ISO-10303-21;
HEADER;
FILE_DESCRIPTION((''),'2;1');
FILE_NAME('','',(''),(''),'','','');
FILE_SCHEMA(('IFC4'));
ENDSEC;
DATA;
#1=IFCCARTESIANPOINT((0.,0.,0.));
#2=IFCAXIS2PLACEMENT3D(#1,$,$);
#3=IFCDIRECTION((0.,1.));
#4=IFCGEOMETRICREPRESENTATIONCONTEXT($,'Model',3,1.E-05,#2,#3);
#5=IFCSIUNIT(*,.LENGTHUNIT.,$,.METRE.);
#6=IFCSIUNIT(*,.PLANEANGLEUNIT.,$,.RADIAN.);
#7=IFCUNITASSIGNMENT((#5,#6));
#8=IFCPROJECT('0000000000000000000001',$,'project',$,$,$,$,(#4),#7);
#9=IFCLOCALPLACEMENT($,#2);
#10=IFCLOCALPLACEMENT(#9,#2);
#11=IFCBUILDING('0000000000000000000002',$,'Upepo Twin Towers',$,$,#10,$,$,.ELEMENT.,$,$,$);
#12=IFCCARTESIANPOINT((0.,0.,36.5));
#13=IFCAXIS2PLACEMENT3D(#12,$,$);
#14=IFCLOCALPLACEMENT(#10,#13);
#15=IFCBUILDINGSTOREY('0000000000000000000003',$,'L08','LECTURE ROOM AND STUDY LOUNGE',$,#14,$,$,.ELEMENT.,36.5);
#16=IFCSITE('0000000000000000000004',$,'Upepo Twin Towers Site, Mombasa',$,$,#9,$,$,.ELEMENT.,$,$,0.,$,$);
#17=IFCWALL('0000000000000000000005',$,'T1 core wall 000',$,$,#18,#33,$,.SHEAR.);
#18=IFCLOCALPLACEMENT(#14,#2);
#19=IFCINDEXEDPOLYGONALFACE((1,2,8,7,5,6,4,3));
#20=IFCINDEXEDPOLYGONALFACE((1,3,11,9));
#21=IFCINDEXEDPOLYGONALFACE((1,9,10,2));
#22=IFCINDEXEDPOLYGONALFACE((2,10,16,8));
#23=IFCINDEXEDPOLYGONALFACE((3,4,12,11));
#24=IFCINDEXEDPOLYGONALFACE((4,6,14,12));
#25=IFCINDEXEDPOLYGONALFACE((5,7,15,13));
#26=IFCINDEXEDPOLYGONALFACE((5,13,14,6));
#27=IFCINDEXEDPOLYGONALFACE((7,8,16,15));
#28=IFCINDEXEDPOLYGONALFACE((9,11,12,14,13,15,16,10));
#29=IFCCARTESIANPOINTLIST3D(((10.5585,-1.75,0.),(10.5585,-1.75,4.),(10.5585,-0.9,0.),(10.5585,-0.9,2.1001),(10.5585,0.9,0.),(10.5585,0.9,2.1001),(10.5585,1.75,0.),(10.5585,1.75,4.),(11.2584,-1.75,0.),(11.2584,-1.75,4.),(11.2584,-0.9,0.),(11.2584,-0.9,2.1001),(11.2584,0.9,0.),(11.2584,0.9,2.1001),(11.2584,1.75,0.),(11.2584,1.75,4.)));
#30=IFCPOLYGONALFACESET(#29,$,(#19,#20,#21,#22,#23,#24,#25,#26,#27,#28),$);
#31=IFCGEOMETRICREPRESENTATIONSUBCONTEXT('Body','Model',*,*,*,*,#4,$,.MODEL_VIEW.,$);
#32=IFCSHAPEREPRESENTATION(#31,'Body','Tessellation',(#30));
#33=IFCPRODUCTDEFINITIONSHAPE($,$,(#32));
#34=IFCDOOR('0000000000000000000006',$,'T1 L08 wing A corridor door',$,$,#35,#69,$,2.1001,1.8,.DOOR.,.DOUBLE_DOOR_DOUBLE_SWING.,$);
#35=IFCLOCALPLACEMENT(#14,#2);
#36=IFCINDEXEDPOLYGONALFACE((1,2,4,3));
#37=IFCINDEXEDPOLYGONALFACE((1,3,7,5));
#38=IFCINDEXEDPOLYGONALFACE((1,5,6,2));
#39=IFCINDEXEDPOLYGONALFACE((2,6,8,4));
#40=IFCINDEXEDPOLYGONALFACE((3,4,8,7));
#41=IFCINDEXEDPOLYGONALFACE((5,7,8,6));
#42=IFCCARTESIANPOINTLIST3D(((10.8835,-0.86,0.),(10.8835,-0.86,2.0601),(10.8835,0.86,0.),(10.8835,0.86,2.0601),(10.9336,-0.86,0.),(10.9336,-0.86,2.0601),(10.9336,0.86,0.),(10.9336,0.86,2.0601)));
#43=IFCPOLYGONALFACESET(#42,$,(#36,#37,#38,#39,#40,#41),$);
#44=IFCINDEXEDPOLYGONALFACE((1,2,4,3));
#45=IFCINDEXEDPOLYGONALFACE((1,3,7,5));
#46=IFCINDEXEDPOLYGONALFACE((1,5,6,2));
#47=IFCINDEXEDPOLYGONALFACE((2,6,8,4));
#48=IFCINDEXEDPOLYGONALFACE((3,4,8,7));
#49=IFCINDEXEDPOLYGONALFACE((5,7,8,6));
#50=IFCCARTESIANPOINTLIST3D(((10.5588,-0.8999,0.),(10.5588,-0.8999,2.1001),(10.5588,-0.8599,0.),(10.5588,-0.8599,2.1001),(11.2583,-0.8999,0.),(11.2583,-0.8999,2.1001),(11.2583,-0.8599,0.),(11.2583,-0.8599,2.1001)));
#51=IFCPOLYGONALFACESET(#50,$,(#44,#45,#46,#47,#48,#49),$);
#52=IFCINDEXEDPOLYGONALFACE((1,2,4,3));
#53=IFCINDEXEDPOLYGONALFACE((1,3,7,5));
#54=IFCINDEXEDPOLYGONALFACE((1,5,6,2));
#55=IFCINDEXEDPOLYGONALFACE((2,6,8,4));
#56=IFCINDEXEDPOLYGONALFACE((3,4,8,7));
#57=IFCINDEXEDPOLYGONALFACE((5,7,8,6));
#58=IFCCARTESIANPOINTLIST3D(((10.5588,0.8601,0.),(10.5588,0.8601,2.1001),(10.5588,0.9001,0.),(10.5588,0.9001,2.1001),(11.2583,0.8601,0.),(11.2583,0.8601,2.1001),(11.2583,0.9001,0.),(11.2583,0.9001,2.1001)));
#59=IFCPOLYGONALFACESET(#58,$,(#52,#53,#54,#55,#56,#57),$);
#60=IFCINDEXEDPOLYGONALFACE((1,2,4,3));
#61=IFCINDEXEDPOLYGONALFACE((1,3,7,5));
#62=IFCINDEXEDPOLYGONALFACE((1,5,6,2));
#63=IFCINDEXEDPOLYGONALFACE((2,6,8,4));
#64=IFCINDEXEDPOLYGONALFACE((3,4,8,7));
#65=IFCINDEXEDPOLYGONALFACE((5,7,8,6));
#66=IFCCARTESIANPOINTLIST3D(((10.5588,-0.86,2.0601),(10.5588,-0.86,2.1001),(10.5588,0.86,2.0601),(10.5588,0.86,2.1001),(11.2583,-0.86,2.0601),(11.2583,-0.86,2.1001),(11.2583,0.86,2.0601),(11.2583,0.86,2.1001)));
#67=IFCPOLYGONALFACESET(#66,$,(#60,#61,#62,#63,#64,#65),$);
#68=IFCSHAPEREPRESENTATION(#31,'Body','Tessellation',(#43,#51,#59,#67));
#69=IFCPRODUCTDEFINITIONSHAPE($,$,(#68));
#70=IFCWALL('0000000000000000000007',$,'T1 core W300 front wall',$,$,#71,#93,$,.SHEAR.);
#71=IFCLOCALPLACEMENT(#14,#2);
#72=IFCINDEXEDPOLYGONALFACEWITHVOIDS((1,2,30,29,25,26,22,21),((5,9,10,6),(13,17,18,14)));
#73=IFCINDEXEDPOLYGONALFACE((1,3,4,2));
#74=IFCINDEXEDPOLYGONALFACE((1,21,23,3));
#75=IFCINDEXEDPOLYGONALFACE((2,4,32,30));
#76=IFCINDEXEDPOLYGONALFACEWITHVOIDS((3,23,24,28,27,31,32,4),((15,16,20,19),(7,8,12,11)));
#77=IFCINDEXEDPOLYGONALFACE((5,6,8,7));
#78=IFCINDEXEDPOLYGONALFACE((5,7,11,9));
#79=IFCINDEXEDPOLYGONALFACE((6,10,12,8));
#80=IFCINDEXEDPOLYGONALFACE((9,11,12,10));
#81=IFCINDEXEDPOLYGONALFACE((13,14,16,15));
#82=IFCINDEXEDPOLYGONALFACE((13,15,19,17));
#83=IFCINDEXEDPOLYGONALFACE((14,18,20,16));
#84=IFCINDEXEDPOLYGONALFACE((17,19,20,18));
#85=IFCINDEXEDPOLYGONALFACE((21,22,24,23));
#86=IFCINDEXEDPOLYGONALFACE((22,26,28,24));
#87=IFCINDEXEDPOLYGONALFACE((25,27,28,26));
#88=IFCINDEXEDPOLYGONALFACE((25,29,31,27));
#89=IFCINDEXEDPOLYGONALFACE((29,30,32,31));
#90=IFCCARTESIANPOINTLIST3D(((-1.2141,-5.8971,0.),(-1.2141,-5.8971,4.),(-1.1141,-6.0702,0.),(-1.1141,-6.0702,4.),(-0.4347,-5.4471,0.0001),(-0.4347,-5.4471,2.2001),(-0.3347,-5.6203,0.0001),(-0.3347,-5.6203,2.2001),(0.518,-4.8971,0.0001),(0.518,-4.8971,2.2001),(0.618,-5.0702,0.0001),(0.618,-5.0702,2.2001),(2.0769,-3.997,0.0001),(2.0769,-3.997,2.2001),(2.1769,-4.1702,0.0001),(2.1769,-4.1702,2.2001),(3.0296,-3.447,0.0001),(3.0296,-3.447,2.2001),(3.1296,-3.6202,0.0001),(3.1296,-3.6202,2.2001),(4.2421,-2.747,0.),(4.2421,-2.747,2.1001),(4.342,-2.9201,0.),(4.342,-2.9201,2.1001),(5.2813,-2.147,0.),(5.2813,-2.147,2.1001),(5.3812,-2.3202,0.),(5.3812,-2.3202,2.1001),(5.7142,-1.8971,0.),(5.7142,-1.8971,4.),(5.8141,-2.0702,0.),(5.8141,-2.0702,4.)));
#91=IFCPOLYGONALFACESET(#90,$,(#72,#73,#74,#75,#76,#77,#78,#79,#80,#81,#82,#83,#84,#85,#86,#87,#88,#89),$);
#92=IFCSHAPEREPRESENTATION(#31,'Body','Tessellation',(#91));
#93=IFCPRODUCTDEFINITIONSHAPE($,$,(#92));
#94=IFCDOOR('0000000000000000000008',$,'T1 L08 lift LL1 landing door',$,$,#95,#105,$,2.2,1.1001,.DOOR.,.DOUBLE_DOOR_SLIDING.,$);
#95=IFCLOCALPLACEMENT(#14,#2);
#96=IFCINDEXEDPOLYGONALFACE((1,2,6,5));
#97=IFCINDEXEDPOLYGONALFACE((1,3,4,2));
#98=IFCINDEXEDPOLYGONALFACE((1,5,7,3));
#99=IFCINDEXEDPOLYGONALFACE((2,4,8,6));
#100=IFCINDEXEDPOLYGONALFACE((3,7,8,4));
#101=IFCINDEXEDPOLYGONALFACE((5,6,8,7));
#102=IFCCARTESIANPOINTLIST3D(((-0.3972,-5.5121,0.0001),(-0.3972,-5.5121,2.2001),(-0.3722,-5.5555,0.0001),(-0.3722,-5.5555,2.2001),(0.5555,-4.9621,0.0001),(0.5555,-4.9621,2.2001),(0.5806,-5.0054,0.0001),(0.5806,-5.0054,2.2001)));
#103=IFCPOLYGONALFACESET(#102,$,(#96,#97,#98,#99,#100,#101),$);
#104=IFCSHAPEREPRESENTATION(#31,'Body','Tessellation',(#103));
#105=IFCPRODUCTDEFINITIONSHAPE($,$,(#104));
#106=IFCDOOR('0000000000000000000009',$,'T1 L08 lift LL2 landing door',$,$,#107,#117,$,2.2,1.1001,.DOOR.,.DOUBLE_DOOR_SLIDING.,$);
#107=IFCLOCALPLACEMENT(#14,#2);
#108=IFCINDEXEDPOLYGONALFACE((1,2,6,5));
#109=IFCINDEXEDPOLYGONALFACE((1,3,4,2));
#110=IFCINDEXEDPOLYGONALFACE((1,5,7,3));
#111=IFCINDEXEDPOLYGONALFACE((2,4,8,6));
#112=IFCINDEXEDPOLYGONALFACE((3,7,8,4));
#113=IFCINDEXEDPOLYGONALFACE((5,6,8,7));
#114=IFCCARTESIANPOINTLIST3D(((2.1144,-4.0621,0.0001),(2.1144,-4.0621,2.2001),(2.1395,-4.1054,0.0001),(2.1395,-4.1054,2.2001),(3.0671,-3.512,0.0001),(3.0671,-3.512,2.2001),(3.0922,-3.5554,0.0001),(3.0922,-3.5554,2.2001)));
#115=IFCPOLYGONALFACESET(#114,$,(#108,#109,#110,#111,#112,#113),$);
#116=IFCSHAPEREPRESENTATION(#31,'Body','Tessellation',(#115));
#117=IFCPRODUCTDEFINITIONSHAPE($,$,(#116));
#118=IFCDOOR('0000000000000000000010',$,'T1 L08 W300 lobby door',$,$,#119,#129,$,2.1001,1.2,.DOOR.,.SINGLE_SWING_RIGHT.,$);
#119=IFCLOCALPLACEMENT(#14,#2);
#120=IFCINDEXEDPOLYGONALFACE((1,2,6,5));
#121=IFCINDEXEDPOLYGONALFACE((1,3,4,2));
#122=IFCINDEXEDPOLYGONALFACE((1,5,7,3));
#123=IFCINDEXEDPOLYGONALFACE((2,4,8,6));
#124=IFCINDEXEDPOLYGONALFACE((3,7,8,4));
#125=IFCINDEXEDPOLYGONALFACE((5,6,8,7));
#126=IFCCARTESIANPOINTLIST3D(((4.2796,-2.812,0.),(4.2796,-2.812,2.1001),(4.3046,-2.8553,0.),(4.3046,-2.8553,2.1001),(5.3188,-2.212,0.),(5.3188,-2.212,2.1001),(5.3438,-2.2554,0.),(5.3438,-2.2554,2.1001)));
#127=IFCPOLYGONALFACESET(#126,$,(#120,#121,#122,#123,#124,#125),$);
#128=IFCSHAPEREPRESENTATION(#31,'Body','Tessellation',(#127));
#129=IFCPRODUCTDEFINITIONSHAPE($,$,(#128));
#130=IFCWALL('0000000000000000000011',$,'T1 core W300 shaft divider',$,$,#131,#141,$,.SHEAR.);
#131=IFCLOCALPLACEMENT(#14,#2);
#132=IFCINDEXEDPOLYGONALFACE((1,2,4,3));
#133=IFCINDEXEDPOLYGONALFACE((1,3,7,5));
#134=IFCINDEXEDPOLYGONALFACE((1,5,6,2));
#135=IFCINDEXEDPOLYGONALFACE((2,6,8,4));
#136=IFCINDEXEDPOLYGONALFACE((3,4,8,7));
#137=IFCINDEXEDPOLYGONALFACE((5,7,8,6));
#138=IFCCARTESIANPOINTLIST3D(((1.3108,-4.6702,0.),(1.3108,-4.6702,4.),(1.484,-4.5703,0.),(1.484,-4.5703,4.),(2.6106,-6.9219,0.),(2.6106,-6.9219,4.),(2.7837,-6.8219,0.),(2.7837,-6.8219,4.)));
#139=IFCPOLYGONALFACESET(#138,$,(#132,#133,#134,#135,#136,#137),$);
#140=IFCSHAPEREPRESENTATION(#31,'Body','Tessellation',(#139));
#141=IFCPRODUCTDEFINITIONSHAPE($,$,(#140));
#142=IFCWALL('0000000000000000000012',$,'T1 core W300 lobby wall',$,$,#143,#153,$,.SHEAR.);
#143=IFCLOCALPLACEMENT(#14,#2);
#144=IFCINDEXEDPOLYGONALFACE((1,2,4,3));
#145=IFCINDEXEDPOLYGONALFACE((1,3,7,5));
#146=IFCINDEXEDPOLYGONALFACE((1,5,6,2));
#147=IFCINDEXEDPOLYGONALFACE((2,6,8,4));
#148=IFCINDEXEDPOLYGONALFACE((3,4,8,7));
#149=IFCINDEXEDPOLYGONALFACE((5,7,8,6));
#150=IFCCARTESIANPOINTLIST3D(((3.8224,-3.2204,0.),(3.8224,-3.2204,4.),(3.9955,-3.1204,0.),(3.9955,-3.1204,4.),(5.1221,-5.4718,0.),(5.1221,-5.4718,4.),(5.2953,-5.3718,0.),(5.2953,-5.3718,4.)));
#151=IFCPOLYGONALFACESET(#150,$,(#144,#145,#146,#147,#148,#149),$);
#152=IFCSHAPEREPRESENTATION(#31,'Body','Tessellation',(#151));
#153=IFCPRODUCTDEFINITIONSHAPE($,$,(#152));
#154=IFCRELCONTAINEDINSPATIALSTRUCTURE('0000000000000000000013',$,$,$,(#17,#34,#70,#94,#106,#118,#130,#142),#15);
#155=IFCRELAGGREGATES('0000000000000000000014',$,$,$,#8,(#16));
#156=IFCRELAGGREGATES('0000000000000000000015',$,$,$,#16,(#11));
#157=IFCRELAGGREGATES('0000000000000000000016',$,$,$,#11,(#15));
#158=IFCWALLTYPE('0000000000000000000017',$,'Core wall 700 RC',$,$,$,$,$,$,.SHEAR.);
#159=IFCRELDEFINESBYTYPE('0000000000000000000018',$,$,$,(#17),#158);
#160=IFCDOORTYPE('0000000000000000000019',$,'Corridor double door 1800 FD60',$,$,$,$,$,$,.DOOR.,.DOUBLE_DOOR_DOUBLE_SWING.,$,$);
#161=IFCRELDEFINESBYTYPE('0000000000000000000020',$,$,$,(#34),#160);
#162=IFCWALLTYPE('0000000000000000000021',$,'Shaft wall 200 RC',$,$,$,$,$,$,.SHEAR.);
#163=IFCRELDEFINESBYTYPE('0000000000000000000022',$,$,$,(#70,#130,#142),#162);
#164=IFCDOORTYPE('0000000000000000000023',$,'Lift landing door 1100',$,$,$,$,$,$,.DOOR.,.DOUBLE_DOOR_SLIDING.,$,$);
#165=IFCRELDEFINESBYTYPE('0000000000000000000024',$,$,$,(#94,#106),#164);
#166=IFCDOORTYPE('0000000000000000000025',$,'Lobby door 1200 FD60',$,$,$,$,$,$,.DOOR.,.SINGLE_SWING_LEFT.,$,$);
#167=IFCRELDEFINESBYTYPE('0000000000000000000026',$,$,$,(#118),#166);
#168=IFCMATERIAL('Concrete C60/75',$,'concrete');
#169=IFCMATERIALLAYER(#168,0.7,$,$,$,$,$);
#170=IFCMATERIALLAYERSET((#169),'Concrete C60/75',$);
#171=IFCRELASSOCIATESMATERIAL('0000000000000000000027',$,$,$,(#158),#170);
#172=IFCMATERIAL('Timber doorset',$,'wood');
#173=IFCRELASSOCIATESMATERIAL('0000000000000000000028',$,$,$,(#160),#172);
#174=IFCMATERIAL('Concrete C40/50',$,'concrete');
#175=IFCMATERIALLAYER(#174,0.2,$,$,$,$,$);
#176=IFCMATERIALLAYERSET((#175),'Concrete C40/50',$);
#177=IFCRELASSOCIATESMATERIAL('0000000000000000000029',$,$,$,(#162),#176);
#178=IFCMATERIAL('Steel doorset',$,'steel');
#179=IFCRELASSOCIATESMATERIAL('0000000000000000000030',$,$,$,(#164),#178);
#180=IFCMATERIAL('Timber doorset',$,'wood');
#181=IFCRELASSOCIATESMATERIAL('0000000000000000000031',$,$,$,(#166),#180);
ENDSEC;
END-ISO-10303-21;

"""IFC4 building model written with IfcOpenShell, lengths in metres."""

from ifc_helpers import new_model, si_unit, direction, frame, frame_2d, origin, place, context, subcontext, project, spatial, rectangle, extrude, material, layer, layer_set, type_object, element, fill, save


model = new_model("IFC4")

# Units and contexts
model_context = context("Model", 3, precision=1e-05, world=origin(), true_north=direction((0.0, 1.0)))
body_context = subcontext(model_context, "Body", "Model", "MODEL_VIEW")
ifc_project = project(units=[si_unit("LENGTHUNIT", "METRE"), si_unit("PLANEANGLEUNIT", "RADIAN")], contexts=[model_context])

# Site, building, storey
site_placement = place(None, origin())
site = spatial("IfcSite", under=ifc_project, at=site_placement, Name="Upepo Twin Towers Site, Mombasa", CompositionType="ELEMENT", RefElevation=0.0)
building_placement = place(site_placement, origin())
building = spatial("IfcBuilding", under=site, at=building_placement, Name="Upepo Twin Towers", CompositionType="ELEMENT")
storey_placement = place(building_placement, frame((0.0, 0.0, 36.5)))
storey = spatial("IfcBuildingStorey", under=building, at=storey_placement, Name="L08", Description="LECTURE ROOM AND STUDY LOUNGE", CompositionType="ELEMENT", Elevation=36.5)

# Shared definitions
ifc_material_1 = material(Name="Concrete C60/75", Category="concrete")
ifc_layer_1 = layer(ifc_material_1, 0.7)
ifc_layer_set_1 = layer_set([ifc_layer_1], Name="Concrete C60/75")
wall_type_1 = type_object("IfcWallType", Name="Core wall 700 RC", PredefinedType="SHEAR", material=ifc_layer_set_1)

# Wall, opening, door
wall_1_placement = place(storey_placement, frame((10.9084, -1.75, 0.0), z_axis=(0.0, 0.0, 1.0), x_axis=(0.0, 1.0, 0.0)))
wall_1 = element("IfcWall", 1, at=wall_1_placement, inside=storey, type_object=wall_type_1, Name="T1 core wall 000", PredefinedType="SHEAR", context=body_context, shape_type="SweptSolid", body=[
    extrude(rectangle(XDim=3.5, YDim=0.7, at=frame_2d((1.75, 0.0))), origin(), (0.0, 0.0, 1.0), 4.0),
])
opening_1_placement = place(wall_1_placement, frame((0.8501, 0.0, 0.0)))
opening_1 = element("IfcOpeningElement", 2, at=opening_1_placement, cuts=wall_1, PredefinedType="OPENING", context=body_context, shape_type="SweptSolid", body=[
    extrude(rectangle(XDim=1.8, YDim=2.1001, at=frame_2d((0.8999, 1.05))), frame((0.0, 0.3599, 0.0), z_axis=(0.0, -1.0, 0.0), x_axis=(1.0, 0.0, 0.0)), (0.0, 0.0, 1.0), 0.72),
])
ifc_material_2 = material(Name="Timber doorset", Category="wood")
door_type_1 = type_object("IfcDoorType", Name="Corridor double door 1800 FD60", OperationType="DOUBLE_DOOR_DOUBLE_SWING", PredefinedType="DOOR", material=ifc_material_2)
door_1_placement = place(opening_1_placement, origin())
door_1 = element("IfcDoor", 3, at=door_1_placement, inside=storey, type_object=door_type_1, Name="T1 L08 wing A corridor door", OperationType="DOUBLE_DOOR_DOUBLE_SWING", OverallHeight=2.1001, OverallWidth=1.8, PredefinedType="DOOR", context=body_context, shape_type="SweptSolid", body=[
    extrude(rectangle(XDim=1.72, YDim=2.0601, at=frame_2d((0.8999, 1.03))), frame((0.0, 0.0249, 0.0), z_axis=(0.0, -1.0, 0.0), x_axis=(1.0, 0.0, 0.0)), (0.0, 0.0, 1.0), 0.05),
    extrude(rectangle(XDim=0.04, YDim=2.1001, at=frame_2d((0.02, 1.05))), frame((0.0, 0.3496, 0.0), z_axis=(0.0, -1.0, 0.0), x_axis=(1.0, 0.0, 0.0)), (0.0, 0.0, 1.0), 0.6995),
    extrude(rectangle(XDim=0.04, YDim=2.1001, at=frame_2d((1.78, 1.05))), frame((0.0, 0.3496, 0.0), z_axis=(0.0, -1.0, 0.0), x_axis=(1.0, 0.0, 0.0)), (0.0, 0.0, 1.0), 0.6995),
    extrude(rectangle(XDim=1.72, YDim=0.04, at=frame_2d((0.8999, 2.0801))), frame((0.0, 0.3496, 0.0), z_axis=(0.0, -1.0, 0.0), x_axis=(1.0, 0.0, 0.0)), (0.0, 0.0, 1.0), 0.6995),
])
fill(opening_1, door_1)

# Wall, openings, doors
ifc_material_3 = material(Name="Concrete C40/50", Category="concrete")
ifc_layer_2 = layer(ifc_material_3, 0.2)
ifc_layer_set_2 = layer_set([ifc_layer_2], Name="Concrete C40/50")
wall_type_2 = type_object("IfcWallType", Name="Shaft wall 200 RC", PredefinedType="SHEAR", material=ifc_layer_set_2)
wall_2_placement = place(storey_placement, frame((-1.1641, -5.9836, 0.0), z_axis=(0.0, 0.0, 1.0), x_axis=(0.866026, 0.499999, 0.0)))
wall_2 = element("IfcWall", 4, at=wall_2_placement, inside=storey, type_object=wall_type_2, Name="T1 core W300 front wall", PredefinedType="SHEAR", context=body_context, shape_type="SweptSolid", body=[
    extrude(rectangle(XDim=8.0, YDim=0.2, at=frame_2d((4.0, 0.0))), origin(), (0.0, 0.0, 1.0), 4.0),
])
opening_2_placement = place(wall_2_placement, frame((6.3, 0.0, 0.0)))
opening_2 = element("IfcOpeningElement", 5, at=opening_2_placement, cuts=wall_2, PredefinedType="OPENING", context=body_context, shape_type="SweptSolid", body=[
    extrude(rectangle(XDim=1.2, YDim=2.1001, at=frame_2d((0.6001, 1.05))), frame((0.0, 0.1099, 0.0), z_axis=(0.0, -1.0, 0.0), x_axis=(1.0, 0.0, 0.0)), (0.0, 0.0, 1.0), 0.22),
])
opening_3_placement = place(wall_2_placement, frame((0.8999, 0.0, 0.0)))
opening_3 = element("IfcOpeningElement", 6, at=opening_3_placement, cuts=wall_2, PredefinedType="OPENING", context=body_context, shape_type="SweptSolid", body=[
    extrude(rectangle(XDim=1.1001, YDim=2.2, at=frame_2d((0.55, 1.1001))), frame((0.0, 0.1099, 0.0), z_axis=(0.0, -1.0, 0.0), x_axis=(1.0, 0.0, 0.0)), (0.0, 0.0, 1.0), 0.22),
])
opening_4_placement = place(wall_2_placement, frame((3.8, 0.0, 0.0)))
opening_4 = element("IfcOpeningElement", 7, at=opening_4_placement, cuts=wall_2, PredefinedType="OPENING", context=body_context, shape_type="SweptSolid", body=[
    extrude(rectangle(XDim=1.1001, YDim=2.2, at=frame_2d((0.55, 1.1001))), frame((0.0, 0.1099, 0.0), z_axis=(0.0, -1.0, 0.0), x_axis=(1.0, 0.0, 0.0)), (0.0, 0.0, 1.0), 0.22),
])
ifc_material_4 = material(Name="Steel doorset", Category="steel")
door_type_2 = type_object("IfcDoorType", Name="Lift landing door 1100", OperationType="DOUBLE_DOOR_SLIDING", PredefinedType="DOOR", material=ifc_material_4)
door_2_placement = place(opening_3_placement, origin())
door_2 = element("IfcDoor", 8, at=door_2_placement, inside=storey, type_object=door_type_2, Name="T1 L08 lift LL1 landing door", OperationType="DOUBLE_DOOR_SLIDING", OverallHeight=2.2, OverallWidth=1.1001, PredefinedType="DOOR", context=body_context, shape_type="SweptSolid", body=[
    extrude(rectangle(XDim=1.1001, YDim=2.2, at=frame_2d((0.55, 1.1001))), frame((0.0, 0.0249, 0.0), z_axis=(0.0, -1.0, 0.0), x_axis=(1.0, 0.0, 0.0)), (0.0, 0.0, 1.0), 0.05),
])
fill(opening_3, door_2)
door_3_placement = place(opening_4_placement, origin())
door_3 = element("IfcDoor", 9, at=door_3_placement, inside=storey, type_object=door_type_2, Name="T1 L08 lift LL2 landing door", OperationType="DOUBLE_DOOR_SLIDING", OverallHeight=2.2, OverallWidth=1.1001, PredefinedType="DOOR", context=body_context, shape_type="SweptSolid", body=[
    extrude(rectangle(XDim=1.1001, YDim=2.2, at=frame_2d((0.55, 1.1001))), frame((0.0, 0.0249, 0.0), z_axis=(0.0, -1.0, 0.0), x_axis=(1.0, 0.0, 0.0)), (0.0, 0.0, 1.0), 0.05),
])
fill(opening_4, door_3)
ifc_material_5 = material(Name="Timber doorset", Category="wood")
door_type_3 = type_object("IfcDoorType", Name="Lobby door 1200 FD60", OperationType="SINGLE_SWING_LEFT", PredefinedType="DOOR", material=ifc_material_5)
door_4_placement = place(opening_2_placement, origin())
door_4 = element("IfcDoor", 10, at=door_4_placement, inside=storey, type_object=door_type_3, Name="T1 L08 W300 lobby door", OperationType="SINGLE_SWING_RIGHT", OverallHeight=2.1001, OverallWidth=1.2, PredefinedType="DOOR", context=body_context, shape_type="SweptSolid", body=[
    extrude(rectangle(XDim=1.2, YDim=2.1001, at=frame_2d((0.6001, 1.05))), frame((0.0, 0.0249, 0.0), z_axis=(0.0, -1.0, 0.0), x_axis=(1.0, 0.0, 0.0)), (0.0, 0.0, 1.0), 0.05),
])
fill(opening_2, door_4)

# Walls
wall_3_placement = place(storey_placement, frame((1.3975, -4.6204, 0.0), z_axis=(0.0, 0.0, 1.0), x_axis=(0.499937, -0.866062, 0.0)))
element("IfcWall", 11, at=wall_3_placement, inside=storey, type_object=wall_type_2, Name="T1 core W300 shaft divider", PredefinedType="SHEAR", context=body_context, shape_type="SweptSolid", body=[
    extrude(rectangle(XDim=2.5999, YDim=0.2, at=frame_2d((1.2998, 0.0))), origin(), (0.0, 0.0, 1.0), 4.0),
])
wall_4_placement = place(storey_placement, frame((3.9089, -3.1704, 0.0), z_axis=(0.0, 0.0, 1.0), x_axis=(0.499977, -0.866039, 0.0)))
element("IfcWall", 12, at=wall_4_placement, inside=storey, type_object=wall_type_2, Name="T1 core W300 lobby wall", PredefinedType="SHEAR", context=body_context, shape_type="SweptSolid", body=[
    extrude(rectangle(XDim=2.5996, YDim=0.2, at=frame_2d((1.2998, 0.0))), origin(), (0.0, 0.0, 1.0), 4.0),
])

save(model, "model.ifc")
